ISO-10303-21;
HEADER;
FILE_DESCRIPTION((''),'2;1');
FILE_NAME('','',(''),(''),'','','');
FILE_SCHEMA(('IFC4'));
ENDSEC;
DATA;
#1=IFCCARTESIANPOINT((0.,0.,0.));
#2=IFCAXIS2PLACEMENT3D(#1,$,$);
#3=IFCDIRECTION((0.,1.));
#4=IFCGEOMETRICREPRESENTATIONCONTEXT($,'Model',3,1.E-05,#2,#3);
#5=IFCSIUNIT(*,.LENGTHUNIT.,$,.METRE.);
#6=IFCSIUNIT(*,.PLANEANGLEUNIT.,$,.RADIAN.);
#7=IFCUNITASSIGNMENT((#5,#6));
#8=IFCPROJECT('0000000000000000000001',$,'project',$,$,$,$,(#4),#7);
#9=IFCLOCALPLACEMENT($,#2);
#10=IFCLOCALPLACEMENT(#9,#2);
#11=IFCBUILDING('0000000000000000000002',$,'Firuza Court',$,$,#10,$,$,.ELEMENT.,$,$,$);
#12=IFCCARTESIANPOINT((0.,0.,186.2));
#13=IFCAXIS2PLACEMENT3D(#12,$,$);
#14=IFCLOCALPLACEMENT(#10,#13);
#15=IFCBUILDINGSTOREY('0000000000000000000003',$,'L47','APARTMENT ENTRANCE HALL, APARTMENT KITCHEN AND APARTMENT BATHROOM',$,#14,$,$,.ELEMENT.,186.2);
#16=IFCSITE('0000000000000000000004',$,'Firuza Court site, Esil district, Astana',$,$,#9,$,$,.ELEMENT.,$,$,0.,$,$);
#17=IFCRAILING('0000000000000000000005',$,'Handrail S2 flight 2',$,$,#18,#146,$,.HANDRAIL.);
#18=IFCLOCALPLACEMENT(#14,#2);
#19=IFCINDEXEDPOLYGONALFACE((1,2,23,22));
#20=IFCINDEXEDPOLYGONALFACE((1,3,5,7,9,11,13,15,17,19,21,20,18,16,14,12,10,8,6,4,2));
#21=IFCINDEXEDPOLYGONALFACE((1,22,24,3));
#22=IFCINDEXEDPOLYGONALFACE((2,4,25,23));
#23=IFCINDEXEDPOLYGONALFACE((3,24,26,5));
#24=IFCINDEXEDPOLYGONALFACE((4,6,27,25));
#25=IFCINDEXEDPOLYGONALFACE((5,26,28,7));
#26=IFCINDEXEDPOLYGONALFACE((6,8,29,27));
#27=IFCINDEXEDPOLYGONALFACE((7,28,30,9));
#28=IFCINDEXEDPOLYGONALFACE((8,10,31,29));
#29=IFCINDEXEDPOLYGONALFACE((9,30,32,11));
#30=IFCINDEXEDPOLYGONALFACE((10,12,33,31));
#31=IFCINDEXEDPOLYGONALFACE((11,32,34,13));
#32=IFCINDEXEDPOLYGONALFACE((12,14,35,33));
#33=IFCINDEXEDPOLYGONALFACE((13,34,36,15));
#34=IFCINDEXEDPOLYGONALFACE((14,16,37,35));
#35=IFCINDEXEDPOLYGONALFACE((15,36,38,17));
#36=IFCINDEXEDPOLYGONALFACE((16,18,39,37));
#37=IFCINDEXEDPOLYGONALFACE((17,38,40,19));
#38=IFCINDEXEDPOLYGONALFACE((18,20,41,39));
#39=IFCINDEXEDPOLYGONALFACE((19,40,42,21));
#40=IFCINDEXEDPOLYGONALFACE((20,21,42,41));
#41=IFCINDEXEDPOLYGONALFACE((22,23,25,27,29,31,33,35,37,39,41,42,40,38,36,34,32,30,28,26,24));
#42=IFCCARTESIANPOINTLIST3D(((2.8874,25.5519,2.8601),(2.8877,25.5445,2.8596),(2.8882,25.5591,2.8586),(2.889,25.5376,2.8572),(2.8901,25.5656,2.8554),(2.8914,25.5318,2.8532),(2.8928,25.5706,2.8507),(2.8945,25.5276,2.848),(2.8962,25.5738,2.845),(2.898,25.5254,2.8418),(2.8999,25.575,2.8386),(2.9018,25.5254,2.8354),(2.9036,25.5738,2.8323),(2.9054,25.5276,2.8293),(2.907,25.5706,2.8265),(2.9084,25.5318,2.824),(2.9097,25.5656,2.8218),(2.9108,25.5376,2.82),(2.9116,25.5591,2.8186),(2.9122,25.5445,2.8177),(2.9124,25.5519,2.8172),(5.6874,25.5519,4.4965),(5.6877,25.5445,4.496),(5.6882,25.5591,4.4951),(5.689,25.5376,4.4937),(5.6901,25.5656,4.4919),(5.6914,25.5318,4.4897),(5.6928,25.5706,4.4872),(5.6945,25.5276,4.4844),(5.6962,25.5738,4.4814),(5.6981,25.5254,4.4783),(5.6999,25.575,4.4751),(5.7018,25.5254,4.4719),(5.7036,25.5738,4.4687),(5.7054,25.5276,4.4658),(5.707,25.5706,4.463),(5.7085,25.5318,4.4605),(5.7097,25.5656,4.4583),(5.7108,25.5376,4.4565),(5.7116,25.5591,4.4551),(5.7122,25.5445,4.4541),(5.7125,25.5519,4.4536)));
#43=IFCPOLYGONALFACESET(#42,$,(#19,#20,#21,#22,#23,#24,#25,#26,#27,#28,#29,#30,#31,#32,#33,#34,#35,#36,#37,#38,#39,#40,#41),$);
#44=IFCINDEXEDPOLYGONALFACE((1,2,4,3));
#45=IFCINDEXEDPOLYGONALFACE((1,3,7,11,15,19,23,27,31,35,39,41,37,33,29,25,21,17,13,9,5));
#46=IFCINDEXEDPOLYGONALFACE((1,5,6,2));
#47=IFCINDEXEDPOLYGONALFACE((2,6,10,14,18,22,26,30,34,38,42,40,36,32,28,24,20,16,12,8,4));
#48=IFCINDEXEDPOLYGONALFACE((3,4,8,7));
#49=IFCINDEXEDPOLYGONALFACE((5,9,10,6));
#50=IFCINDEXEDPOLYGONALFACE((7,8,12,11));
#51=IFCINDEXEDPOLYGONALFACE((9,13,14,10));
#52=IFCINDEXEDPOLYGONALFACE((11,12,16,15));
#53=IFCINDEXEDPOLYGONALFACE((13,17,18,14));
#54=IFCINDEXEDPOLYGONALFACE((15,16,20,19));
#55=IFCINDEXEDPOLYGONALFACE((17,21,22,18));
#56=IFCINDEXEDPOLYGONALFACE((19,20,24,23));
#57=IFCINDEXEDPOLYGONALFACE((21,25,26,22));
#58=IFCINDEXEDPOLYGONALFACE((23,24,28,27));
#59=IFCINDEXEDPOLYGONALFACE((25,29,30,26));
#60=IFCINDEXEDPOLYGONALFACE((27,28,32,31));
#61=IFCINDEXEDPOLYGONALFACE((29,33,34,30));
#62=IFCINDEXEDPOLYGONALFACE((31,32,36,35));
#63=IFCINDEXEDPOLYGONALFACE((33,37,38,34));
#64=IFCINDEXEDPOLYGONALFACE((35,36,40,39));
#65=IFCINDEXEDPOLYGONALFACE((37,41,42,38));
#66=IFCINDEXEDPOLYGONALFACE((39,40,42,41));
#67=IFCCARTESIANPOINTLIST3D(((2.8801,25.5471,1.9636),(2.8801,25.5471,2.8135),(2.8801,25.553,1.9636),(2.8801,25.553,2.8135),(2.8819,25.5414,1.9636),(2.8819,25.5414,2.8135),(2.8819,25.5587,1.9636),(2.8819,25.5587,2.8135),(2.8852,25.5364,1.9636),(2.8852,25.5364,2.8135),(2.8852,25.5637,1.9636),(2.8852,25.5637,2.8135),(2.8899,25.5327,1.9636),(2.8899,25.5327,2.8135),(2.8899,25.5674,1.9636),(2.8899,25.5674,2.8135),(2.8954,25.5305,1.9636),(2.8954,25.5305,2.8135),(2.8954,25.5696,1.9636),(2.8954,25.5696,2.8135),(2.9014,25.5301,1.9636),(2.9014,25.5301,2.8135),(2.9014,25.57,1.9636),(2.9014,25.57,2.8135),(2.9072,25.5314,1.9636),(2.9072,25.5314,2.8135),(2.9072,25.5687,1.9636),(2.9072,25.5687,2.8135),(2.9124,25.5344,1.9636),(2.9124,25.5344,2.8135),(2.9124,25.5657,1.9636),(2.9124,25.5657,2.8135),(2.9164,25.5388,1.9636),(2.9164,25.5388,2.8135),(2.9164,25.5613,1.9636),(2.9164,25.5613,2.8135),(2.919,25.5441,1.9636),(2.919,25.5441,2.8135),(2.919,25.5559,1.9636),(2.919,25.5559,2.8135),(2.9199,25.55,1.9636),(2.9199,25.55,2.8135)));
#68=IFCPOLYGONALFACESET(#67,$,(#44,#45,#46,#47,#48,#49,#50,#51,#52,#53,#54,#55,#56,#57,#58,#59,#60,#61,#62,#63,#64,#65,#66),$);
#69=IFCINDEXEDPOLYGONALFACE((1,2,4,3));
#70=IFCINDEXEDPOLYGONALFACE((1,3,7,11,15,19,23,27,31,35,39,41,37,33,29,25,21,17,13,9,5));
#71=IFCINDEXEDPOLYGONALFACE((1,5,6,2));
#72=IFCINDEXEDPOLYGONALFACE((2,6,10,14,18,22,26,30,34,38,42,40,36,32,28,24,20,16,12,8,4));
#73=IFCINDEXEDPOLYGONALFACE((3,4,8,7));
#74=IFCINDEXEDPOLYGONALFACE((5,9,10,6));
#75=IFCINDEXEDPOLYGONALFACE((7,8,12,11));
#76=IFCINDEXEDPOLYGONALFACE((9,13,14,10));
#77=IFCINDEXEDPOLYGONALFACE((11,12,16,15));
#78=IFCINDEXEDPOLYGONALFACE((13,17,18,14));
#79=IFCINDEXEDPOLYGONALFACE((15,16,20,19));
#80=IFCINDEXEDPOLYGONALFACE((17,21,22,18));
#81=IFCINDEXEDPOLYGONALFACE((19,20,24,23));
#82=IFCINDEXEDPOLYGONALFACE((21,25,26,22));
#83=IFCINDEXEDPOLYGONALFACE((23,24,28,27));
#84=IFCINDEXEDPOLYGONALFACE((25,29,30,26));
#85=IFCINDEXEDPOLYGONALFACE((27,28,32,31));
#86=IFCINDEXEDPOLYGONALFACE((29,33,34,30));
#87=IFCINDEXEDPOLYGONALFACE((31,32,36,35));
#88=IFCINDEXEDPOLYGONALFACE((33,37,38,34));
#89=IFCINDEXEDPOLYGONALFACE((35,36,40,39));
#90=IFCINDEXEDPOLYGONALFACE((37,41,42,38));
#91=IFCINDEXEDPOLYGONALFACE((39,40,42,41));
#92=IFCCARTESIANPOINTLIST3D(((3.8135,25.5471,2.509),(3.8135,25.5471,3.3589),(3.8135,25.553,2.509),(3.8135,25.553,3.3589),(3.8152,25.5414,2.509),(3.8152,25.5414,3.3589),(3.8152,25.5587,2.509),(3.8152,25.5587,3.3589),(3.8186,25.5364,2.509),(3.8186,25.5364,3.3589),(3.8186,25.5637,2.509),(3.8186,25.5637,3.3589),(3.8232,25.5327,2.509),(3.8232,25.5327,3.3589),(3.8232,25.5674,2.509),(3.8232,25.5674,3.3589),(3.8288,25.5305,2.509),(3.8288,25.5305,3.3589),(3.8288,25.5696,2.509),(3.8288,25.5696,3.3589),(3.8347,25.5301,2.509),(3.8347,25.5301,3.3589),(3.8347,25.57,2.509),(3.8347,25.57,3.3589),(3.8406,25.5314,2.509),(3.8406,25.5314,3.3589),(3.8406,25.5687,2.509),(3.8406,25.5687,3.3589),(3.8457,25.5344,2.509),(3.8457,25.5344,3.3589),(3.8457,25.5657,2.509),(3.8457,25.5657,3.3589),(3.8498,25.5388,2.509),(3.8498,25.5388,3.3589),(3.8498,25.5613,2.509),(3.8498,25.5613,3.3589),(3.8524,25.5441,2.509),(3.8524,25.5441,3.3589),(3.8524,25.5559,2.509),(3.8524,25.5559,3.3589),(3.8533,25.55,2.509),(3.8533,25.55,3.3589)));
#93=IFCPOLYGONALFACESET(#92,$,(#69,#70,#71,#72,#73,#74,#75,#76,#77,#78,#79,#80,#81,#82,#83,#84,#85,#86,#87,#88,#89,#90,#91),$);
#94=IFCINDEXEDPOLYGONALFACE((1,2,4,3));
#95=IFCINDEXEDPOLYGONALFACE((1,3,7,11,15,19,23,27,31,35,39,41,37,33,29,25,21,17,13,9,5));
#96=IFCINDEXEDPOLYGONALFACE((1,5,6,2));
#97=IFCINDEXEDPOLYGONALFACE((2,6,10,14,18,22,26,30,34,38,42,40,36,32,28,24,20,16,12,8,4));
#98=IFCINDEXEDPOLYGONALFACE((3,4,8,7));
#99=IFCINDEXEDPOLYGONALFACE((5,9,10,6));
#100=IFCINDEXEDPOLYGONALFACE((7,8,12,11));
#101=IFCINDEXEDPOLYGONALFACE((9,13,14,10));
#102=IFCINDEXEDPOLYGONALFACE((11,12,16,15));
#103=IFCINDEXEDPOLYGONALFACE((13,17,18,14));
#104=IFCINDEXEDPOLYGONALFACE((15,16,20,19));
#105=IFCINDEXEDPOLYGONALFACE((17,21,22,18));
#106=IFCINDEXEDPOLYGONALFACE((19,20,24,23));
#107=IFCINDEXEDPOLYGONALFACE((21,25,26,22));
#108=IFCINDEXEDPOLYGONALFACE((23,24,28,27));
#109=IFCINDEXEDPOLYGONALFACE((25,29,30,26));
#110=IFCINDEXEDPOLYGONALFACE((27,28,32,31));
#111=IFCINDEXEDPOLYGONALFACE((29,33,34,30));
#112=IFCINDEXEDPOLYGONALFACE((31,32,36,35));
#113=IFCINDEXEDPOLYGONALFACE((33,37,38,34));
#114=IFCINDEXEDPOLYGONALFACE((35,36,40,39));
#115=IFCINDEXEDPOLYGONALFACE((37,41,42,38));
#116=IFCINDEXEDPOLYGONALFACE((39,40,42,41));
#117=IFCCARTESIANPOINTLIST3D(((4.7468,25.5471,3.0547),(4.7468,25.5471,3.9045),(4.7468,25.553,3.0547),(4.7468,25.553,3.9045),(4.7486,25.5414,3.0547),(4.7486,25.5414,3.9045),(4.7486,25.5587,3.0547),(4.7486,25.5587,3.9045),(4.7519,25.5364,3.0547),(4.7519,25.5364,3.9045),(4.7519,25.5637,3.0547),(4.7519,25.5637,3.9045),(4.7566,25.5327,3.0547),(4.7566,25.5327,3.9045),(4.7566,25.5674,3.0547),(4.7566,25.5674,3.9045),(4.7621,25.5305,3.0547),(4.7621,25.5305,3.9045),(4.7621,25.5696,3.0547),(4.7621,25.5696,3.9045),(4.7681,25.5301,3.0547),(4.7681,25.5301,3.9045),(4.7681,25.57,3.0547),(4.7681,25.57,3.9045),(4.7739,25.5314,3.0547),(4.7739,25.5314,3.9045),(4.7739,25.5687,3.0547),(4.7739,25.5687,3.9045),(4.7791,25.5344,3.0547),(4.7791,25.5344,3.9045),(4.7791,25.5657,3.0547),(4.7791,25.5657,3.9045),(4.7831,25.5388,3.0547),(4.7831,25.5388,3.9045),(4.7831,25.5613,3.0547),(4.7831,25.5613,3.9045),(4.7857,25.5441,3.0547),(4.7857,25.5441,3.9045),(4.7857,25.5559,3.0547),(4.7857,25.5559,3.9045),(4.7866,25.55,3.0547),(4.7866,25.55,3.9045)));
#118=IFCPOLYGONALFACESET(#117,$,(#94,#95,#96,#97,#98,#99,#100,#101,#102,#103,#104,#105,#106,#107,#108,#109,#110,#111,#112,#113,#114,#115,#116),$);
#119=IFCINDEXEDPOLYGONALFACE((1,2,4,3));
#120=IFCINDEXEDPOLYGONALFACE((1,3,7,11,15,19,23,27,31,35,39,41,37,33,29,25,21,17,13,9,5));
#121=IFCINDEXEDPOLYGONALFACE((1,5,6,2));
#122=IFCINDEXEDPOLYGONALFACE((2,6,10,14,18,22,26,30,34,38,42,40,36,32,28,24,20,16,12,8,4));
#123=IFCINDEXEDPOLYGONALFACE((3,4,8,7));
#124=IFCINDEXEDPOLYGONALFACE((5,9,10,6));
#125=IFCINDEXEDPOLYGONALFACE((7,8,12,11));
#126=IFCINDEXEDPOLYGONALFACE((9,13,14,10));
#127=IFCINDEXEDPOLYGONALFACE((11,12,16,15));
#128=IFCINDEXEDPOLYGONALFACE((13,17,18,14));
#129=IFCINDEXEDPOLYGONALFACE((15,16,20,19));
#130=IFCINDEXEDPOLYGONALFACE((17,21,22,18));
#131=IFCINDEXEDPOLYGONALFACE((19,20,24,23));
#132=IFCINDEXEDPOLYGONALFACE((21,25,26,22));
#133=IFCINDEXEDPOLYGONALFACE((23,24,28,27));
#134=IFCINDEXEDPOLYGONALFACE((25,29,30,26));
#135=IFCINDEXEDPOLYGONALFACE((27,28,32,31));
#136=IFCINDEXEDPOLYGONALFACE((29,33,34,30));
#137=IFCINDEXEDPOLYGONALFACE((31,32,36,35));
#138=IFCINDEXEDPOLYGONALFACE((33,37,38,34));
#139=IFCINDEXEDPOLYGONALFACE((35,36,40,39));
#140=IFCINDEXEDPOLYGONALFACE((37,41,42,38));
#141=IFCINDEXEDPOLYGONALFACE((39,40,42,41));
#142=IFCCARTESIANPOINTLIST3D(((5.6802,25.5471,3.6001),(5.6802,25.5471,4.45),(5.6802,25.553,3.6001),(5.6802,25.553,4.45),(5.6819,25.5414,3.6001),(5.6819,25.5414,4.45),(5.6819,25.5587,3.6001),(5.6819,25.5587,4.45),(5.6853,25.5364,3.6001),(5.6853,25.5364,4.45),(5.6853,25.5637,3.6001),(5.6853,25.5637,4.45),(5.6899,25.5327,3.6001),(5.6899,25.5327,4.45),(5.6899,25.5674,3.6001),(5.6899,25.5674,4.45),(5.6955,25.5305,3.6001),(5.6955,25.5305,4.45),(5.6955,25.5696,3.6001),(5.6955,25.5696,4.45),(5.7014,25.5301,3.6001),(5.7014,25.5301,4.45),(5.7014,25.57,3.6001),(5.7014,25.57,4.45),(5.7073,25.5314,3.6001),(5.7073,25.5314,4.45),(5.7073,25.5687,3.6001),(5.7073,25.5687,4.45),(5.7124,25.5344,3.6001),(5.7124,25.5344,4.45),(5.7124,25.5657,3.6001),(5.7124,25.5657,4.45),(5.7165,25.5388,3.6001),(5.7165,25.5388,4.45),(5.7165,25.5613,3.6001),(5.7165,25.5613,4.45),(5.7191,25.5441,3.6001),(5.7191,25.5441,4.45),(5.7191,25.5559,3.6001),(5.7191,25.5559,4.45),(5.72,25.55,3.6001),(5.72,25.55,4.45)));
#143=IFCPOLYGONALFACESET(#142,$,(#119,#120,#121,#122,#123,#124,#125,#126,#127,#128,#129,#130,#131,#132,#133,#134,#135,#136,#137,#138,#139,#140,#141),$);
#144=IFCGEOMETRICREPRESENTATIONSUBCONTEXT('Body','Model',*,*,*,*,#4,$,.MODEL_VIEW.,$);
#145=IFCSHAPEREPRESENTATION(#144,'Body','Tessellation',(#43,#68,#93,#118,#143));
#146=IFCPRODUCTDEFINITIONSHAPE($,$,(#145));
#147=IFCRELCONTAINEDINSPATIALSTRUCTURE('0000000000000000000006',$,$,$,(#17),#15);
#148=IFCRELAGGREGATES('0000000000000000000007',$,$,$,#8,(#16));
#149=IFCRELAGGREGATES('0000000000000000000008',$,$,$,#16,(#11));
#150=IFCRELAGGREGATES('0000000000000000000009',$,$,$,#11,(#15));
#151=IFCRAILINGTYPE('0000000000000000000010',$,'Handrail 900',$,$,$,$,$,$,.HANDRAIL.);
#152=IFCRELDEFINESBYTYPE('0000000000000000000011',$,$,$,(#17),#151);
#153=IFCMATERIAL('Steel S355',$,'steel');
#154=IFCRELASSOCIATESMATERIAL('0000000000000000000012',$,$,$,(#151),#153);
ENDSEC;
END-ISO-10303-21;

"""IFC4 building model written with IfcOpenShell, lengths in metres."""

from ifc_helpers import new_model, si_unit, direction, frame, origin, origin_2d, place, context, subcontext, project, spatial, circle, extrude, material, type_object, element, save


model = new_model("IFC4")

# Units and contexts
model_context = context("Model", 3, precision=1e-05, world=origin(), true_north=direction((0.0, 1.0)))
body_context = subcontext(model_context, "Body", "Model", "MODEL_VIEW")
ifc_project = project(units=[si_unit("LENGTHUNIT", "METRE"), si_unit("PLANEANGLEUNIT", "RADIAN")], contexts=[model_context])

# Site, building, storey
site_placement = place(None, origin())
site = spatial("IfcSite", under=ifc_project, at=site_placement, Name="Firuza Court site, Esil district, Astana", CompositionType="ELEMENT", RefElevation=0.0)
building_placement = place(site_placement, origin())
building = spatial("IfcBuilding", under=site, at=building_placement, Name="Firuza Court", CompositionType="ELEMENT")
storey_placement = place(building_placement, frame((0.0, 0.0, 186.2)))
storey = spatial("IfcBuildingStorey", under=building, at=storey_placement, Name="L47", Description="APARTMENT ENTRANCE HALL, APARTMENT KITCHEN AND APARTMENT BATHROOM", CompositionType="ELEMENT", Elevation=186.2)

# Railing
ifc_material_1 = material(Name="Steel S355", Category="steel")
railing_type_1 = type_object("IfcRailingType", Name="Handrail 900", PredefinedType="HANDRAIL", material=ifc_material_1)
railing_1_placement = place(storey_placement, frame((2.8999, 25.55, 1.9636)))
element("IfcRailing", 1, at=railing_1_placement, inside=storey, type_object=railing_type_1, Name="Handrail S2 flight 2", PredefinedType="HANDRAIL", context=body_context, shape_type="SweptSolid", body=[
    extrude(circle(Radius=0.0249, at=origin_2d()), frame((0.0, 0.0, 0.875), z_axis=(0.863361, 0.0, 0.504587), x_axis=(0.0, 1.0, 0.0)), (0.0, 0.0, 1.0), 3.2432),
    extrude(circle(Radius=0.02, at=origin_2d()), origin(), (0.0, 0.0, 1.0), 0.8499),
    extrude(circle(Radius=0.02, at=origin_2d()), frame((0.9333, 0.0, 0.5454)), (0.0, 0.0, 1.0), 0.8499),
    extrude(circle(Radius=0.02, at=origin_2d()), frame((1.8667, 0.0, 1.0911)), (0.0, 0.0, 1.0), 0.8499),
    extrude(circle(Radius=0.02, at=origin_2d()), frame((2.8, 0.0, 1.6365)), (0.0, 0.0, 1.0), 0.8499),
])

save(model, "model.ifc")
